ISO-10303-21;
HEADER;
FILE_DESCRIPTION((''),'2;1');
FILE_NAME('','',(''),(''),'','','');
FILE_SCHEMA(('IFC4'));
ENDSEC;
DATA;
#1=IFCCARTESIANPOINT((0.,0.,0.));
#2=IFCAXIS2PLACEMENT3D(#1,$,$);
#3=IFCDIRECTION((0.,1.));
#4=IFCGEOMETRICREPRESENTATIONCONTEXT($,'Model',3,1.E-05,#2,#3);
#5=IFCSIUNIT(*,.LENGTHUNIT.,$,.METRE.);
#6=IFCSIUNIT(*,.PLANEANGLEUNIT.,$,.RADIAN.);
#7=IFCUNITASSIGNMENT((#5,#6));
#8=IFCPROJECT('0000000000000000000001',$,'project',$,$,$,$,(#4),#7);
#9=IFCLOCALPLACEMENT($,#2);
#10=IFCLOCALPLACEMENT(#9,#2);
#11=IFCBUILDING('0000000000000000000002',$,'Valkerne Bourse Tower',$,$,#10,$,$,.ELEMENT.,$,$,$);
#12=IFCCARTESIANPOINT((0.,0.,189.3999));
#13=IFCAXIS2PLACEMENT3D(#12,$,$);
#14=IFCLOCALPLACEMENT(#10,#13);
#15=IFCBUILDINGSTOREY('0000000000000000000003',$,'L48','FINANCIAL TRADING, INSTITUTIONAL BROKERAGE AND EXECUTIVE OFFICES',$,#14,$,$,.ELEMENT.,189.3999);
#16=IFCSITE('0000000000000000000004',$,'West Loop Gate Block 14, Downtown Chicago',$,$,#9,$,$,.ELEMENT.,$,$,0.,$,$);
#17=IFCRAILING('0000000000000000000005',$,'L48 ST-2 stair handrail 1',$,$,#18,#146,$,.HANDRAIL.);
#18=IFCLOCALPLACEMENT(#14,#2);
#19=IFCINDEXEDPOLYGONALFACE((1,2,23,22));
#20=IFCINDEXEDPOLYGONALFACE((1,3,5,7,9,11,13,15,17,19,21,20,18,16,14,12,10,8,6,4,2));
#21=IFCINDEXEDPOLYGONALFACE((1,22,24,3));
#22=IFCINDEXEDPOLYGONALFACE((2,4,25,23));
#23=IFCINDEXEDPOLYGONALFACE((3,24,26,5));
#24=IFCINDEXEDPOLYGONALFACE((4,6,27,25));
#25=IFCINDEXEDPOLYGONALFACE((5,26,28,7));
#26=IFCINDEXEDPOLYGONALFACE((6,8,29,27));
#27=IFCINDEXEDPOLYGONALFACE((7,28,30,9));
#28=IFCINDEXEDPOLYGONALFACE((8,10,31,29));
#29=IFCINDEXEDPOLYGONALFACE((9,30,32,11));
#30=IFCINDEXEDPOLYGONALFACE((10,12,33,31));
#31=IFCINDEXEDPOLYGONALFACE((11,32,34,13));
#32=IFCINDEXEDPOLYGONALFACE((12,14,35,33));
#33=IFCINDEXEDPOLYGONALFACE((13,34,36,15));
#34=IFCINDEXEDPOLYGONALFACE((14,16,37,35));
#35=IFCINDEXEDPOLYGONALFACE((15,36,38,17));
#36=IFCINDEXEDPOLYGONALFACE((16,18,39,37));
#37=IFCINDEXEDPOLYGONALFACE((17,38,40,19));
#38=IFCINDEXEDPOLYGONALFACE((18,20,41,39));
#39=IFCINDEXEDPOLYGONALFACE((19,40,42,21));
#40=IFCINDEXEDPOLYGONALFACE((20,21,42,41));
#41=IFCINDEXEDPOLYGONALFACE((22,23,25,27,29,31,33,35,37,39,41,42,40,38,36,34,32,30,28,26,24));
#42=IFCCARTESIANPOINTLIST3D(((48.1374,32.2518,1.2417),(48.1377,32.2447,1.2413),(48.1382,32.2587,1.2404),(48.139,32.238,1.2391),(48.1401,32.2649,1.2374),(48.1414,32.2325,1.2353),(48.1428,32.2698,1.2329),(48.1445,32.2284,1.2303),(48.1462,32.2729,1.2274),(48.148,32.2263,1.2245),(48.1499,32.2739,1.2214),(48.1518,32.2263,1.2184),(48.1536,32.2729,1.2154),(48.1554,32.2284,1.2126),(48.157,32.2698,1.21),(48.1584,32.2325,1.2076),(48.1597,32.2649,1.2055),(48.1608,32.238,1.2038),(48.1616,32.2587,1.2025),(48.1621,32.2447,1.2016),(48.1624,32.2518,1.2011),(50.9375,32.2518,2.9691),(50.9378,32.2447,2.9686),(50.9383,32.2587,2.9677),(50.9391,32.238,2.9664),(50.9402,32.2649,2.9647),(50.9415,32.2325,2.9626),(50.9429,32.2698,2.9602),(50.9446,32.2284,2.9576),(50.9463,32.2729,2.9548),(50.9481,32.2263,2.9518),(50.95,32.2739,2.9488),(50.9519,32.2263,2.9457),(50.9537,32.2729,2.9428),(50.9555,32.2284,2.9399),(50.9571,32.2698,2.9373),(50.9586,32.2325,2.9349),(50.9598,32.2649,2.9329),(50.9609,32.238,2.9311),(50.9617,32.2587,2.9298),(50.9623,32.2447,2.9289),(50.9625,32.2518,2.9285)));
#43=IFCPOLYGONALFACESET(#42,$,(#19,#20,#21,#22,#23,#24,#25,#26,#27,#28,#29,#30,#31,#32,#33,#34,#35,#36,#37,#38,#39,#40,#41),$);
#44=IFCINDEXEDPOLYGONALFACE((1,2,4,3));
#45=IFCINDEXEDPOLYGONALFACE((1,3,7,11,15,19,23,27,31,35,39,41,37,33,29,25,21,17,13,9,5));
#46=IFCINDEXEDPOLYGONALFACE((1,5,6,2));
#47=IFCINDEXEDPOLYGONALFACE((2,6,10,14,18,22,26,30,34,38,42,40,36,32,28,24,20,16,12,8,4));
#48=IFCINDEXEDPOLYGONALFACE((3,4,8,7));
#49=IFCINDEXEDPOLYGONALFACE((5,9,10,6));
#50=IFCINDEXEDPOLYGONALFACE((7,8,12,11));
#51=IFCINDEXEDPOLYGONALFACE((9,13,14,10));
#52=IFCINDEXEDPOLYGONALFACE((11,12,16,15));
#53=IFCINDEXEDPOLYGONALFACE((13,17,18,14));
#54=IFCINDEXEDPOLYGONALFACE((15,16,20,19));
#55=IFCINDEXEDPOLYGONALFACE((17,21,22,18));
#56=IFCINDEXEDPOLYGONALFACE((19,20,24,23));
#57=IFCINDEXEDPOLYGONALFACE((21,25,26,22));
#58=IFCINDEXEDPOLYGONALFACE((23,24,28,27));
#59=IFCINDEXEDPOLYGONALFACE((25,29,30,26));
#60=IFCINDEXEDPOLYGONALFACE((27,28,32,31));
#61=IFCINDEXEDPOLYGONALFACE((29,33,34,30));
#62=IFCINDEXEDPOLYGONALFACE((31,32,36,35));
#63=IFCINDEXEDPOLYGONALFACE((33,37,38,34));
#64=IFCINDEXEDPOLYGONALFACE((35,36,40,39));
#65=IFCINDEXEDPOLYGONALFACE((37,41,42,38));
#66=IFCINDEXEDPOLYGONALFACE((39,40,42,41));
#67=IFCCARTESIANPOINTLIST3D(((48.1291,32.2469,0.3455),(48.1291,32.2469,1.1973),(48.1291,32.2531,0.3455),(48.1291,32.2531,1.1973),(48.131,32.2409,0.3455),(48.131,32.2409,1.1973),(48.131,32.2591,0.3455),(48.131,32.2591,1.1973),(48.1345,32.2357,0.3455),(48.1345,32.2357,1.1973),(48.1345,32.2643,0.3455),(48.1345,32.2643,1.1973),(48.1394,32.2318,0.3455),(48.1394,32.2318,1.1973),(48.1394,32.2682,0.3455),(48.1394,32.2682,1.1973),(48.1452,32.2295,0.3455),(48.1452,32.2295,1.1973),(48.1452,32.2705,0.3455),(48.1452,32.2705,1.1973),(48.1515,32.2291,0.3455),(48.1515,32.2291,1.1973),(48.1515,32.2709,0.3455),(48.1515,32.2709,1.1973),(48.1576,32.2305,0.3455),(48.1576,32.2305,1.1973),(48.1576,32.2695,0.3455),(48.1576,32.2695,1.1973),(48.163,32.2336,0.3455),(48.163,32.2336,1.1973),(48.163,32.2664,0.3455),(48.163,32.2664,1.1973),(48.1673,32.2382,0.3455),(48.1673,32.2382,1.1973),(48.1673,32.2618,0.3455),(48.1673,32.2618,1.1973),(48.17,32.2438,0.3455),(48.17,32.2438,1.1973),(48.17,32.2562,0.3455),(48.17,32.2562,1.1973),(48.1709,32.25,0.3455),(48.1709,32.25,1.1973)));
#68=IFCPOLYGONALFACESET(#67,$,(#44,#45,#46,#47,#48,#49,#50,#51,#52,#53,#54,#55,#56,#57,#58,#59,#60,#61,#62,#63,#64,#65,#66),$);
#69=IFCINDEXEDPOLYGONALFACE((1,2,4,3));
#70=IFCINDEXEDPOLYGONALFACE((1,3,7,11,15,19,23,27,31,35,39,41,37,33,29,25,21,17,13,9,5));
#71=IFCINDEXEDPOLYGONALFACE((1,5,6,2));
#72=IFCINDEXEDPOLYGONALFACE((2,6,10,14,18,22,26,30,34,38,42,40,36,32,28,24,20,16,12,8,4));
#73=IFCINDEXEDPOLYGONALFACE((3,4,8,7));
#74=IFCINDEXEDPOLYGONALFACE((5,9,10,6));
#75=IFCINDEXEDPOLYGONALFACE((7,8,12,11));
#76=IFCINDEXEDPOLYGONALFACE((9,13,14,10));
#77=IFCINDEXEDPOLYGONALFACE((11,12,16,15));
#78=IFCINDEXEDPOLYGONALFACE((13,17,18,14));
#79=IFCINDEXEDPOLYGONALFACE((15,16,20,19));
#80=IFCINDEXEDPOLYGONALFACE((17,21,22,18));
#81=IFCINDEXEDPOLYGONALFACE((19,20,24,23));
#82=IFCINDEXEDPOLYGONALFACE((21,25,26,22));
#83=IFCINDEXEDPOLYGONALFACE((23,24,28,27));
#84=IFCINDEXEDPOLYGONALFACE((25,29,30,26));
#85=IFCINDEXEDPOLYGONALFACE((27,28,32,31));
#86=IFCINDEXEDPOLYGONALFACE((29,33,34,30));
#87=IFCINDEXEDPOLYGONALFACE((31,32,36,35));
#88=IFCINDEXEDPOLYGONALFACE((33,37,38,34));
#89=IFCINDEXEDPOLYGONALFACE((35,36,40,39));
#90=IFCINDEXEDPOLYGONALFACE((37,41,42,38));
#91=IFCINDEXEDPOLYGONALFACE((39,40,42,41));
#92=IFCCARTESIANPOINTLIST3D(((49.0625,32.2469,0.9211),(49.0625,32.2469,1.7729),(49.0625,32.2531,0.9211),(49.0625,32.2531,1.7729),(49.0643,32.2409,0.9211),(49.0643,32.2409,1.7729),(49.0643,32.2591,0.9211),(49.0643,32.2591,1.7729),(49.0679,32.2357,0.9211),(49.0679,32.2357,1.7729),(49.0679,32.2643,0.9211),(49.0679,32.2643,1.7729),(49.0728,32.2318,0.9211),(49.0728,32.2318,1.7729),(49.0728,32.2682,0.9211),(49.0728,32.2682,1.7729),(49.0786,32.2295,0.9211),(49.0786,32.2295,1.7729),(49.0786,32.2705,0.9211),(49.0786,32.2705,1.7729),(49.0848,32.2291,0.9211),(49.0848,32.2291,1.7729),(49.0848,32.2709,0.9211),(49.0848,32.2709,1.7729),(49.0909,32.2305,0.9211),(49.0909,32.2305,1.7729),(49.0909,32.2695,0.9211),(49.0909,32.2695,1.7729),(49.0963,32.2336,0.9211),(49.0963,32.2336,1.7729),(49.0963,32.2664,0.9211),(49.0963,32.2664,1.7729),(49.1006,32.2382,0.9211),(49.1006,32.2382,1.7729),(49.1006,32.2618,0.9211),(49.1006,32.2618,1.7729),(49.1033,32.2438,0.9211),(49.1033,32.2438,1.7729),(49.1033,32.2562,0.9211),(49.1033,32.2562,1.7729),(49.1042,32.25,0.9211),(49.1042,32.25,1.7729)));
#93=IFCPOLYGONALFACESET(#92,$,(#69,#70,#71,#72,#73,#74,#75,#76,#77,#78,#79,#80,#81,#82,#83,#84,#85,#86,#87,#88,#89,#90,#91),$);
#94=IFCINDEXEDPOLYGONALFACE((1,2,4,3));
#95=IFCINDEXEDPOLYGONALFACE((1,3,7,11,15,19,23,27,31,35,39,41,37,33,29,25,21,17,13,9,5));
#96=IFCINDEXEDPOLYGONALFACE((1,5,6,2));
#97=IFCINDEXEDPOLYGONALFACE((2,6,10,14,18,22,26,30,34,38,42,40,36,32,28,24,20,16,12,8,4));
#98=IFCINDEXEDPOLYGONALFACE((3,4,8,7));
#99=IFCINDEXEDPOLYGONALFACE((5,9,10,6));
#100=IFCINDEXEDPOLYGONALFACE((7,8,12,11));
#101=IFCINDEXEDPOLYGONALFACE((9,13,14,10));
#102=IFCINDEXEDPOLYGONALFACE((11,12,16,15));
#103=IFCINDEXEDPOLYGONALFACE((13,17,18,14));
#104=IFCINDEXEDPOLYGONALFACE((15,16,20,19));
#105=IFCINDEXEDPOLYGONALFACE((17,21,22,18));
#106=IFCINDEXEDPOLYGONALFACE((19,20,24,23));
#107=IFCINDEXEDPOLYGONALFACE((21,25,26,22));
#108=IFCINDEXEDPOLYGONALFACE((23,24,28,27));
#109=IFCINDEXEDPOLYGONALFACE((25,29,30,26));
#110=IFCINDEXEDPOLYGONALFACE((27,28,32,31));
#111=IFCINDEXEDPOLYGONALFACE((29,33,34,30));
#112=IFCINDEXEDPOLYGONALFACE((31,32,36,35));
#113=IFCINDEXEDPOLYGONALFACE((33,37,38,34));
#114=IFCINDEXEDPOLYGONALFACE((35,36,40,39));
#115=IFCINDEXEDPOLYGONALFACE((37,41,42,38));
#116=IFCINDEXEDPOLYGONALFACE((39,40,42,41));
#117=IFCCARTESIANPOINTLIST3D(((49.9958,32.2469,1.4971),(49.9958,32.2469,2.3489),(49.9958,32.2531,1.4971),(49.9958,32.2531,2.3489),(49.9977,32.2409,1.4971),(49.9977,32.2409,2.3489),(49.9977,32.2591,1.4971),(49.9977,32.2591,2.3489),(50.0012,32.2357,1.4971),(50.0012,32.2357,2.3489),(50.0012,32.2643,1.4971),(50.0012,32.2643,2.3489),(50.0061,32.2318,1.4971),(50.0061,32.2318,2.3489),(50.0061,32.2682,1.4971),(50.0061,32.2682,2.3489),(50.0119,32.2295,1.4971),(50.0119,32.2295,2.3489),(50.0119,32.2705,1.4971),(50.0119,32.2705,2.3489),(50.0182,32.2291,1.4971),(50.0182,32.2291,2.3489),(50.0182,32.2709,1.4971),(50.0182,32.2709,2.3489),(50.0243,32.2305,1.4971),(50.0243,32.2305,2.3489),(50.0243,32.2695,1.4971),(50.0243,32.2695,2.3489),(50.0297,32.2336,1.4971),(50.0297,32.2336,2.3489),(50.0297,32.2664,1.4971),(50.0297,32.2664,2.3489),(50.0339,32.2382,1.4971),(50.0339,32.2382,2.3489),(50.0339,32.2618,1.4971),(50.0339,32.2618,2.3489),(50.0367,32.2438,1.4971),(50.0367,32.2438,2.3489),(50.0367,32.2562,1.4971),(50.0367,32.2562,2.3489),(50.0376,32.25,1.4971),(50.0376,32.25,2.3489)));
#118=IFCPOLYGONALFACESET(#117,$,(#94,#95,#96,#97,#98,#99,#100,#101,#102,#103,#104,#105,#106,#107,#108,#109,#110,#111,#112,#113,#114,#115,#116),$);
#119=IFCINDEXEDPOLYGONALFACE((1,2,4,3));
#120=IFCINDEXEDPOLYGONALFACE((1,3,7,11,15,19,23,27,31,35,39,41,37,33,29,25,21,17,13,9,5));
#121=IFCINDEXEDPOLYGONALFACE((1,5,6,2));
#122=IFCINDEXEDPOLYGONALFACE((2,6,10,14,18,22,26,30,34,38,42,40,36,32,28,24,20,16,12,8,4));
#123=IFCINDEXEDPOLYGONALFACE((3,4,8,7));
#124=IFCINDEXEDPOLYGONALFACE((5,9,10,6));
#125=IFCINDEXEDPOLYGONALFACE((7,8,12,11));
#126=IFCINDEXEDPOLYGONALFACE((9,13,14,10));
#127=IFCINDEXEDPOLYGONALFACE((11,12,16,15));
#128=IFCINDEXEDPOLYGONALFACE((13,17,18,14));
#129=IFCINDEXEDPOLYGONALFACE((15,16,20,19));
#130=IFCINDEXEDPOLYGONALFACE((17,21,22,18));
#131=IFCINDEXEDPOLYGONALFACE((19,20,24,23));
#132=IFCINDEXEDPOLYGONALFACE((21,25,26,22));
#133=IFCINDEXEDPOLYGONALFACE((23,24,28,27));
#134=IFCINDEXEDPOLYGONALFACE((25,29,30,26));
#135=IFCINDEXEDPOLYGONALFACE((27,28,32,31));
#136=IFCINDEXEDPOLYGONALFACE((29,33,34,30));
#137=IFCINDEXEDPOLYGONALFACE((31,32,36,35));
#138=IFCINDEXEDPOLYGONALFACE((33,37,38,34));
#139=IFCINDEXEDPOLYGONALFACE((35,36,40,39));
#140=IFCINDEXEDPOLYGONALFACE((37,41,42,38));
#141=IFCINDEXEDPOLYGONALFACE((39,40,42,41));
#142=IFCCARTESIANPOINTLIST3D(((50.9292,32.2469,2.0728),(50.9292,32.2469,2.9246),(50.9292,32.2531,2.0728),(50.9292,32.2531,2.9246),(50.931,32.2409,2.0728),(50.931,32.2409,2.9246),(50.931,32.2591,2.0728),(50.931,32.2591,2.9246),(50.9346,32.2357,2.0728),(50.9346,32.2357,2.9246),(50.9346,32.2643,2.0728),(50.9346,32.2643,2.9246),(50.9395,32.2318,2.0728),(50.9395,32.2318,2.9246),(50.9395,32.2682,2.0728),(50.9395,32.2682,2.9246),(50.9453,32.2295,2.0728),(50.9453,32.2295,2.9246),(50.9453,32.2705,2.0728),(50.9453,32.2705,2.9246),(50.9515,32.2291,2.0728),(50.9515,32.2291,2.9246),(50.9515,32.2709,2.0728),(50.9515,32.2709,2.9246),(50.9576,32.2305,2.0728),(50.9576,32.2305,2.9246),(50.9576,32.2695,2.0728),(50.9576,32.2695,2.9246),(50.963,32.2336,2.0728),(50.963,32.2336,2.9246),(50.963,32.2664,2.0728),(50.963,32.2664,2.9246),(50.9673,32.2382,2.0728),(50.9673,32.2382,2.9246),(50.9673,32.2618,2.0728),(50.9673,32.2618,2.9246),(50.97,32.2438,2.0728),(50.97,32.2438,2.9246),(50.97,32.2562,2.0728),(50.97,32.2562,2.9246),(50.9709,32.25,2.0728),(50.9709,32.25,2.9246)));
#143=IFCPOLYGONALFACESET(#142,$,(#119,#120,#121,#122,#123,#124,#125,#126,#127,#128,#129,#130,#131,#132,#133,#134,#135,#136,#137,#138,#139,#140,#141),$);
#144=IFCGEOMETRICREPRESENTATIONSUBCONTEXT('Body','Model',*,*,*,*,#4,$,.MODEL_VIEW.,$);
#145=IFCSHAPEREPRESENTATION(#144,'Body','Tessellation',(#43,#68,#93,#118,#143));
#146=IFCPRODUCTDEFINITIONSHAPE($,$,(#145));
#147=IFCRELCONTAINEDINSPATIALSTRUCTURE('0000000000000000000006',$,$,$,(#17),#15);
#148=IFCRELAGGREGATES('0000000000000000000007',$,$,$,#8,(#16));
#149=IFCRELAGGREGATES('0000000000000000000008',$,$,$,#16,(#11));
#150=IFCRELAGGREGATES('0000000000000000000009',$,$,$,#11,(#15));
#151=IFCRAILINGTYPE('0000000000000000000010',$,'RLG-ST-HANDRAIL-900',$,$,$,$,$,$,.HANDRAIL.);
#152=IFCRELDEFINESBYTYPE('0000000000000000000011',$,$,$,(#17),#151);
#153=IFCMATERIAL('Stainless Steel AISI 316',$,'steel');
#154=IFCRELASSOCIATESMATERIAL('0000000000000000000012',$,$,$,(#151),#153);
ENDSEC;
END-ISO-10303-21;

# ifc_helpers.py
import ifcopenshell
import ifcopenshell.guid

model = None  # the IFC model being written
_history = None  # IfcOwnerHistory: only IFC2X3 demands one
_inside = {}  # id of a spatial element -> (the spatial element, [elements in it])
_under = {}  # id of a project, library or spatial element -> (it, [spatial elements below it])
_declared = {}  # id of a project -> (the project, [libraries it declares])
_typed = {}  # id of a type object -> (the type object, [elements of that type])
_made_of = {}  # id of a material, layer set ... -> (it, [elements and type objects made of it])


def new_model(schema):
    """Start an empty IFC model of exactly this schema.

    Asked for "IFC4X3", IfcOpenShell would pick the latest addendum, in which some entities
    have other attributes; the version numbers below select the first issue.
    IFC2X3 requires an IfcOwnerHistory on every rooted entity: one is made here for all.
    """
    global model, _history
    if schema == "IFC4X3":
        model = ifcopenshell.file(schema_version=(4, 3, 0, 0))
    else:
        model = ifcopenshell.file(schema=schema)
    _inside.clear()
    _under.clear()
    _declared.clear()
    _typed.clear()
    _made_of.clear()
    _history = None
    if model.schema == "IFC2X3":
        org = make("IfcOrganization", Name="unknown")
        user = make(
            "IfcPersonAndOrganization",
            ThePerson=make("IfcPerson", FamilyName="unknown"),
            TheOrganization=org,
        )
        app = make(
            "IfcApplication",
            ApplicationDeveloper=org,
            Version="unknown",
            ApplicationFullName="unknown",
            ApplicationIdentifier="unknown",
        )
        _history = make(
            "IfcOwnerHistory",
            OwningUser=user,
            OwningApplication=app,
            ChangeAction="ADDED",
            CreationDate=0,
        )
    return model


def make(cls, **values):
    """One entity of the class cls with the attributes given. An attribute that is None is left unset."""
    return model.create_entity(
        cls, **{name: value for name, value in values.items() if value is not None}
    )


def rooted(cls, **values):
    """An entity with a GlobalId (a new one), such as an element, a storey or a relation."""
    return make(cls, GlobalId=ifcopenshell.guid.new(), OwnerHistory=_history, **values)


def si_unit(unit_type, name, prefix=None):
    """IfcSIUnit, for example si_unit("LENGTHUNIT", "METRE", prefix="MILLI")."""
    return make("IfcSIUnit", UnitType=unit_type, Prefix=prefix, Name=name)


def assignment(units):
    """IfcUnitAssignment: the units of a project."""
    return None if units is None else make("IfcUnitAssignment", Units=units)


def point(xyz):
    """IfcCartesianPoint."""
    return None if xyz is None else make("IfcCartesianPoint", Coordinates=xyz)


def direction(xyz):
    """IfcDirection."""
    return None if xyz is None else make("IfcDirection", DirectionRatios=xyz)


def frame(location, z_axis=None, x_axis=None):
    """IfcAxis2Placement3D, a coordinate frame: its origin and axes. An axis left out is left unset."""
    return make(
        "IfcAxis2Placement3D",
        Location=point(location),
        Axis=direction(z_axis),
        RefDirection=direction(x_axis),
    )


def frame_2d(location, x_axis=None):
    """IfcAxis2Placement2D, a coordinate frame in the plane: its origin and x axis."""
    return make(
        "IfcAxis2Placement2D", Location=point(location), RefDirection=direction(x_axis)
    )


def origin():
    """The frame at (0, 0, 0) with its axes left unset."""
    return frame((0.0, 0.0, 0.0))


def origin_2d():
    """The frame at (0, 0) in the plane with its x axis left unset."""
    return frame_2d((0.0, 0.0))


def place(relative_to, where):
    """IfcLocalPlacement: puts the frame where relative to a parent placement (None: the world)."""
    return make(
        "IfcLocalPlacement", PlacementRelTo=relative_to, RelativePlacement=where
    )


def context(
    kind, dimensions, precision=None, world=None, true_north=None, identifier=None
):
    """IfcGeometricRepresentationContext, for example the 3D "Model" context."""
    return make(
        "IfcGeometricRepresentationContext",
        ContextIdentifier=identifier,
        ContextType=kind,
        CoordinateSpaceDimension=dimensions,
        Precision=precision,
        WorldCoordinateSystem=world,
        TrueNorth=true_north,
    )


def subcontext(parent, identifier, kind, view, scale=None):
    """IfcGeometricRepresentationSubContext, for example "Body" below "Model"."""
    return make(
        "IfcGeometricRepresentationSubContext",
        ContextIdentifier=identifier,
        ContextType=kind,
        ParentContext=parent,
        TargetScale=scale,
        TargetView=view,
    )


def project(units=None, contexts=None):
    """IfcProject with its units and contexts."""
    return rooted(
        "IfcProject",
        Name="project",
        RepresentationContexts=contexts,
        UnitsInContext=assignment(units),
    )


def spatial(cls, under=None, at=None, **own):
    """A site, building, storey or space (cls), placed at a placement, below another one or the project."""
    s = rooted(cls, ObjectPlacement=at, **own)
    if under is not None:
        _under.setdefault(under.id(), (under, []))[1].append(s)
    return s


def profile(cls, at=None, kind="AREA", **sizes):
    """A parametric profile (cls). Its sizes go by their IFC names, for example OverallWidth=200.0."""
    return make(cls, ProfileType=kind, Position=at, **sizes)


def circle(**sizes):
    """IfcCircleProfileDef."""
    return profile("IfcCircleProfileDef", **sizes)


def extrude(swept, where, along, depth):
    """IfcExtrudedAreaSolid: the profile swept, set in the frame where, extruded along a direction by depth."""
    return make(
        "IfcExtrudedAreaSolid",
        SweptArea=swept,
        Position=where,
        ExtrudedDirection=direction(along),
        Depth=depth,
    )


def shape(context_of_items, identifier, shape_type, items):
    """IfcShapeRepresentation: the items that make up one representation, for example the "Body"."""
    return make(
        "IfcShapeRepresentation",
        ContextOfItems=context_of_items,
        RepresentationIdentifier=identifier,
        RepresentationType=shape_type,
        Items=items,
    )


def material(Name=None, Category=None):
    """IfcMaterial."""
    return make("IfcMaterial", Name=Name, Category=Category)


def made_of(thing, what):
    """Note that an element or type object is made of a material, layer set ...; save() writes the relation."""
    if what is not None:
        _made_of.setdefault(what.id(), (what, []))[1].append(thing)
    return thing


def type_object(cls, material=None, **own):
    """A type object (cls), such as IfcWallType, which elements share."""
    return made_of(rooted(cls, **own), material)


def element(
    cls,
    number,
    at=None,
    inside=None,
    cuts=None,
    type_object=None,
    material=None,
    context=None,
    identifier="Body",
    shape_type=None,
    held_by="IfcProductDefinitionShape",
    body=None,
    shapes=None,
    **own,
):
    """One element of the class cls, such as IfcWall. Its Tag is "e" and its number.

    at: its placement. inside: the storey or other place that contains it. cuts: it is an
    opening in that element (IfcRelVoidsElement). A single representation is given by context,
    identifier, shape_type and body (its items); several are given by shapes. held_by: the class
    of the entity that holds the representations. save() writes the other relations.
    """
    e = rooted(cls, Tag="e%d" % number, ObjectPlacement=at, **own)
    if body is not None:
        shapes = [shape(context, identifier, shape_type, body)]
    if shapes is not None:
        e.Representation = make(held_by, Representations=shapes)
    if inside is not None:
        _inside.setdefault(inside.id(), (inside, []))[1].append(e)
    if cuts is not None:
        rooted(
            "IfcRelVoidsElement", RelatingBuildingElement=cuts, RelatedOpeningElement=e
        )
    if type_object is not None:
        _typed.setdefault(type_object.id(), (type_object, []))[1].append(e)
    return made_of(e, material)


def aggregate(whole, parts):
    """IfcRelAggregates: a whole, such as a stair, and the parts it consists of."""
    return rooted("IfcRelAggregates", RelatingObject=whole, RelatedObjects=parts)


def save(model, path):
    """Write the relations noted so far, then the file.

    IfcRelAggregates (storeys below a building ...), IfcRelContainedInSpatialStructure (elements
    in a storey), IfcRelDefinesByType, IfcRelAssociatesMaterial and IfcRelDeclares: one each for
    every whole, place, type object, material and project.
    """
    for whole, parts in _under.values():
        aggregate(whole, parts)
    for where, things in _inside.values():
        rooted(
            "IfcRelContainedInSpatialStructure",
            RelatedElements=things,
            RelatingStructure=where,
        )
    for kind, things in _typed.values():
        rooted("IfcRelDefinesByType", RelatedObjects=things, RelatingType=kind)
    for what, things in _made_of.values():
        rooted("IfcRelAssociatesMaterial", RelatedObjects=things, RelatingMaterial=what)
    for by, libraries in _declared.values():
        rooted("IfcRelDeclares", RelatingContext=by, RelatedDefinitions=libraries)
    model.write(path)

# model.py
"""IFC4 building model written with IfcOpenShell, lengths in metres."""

from ifc_helpers import new_model, si_unit, direction, frame, origin, origin_2d, place, context, subcontext, project, spatial, circle, extrude, material, type_object, element, save


model = new_model("IFC4")

# Units and contexts
model_context = context("Model", 3, precision=1e-05, world=origin(), true_north=direction((0.0, 1.0)))
body_context = subcontext(model_context, "Body", "Model", "MODEL_VIEW")
ifc_project = project(units=[si_unit("LENGTHUNIT", "METRE"), si_unit("PLANEANGLEUNIT", "RADIAN")], contexts=[model_context])

# Site, building, storey
site_placement = place(None, origin())
site = spatial("IfcSite", under=ifc_project, at=site_placement, Name="West Loop Gate Block 14, Downtown Chicago", CompositionType="ELEMENT", RefElevation=0.0)
building_placement = place(site_placement, origin())
building = spatial("IfcBuilding", under=site, at=building_placement, Name="Valkerne Bourse Tower", CompositionType="ELEMENT")
storey_placement = place(building_placement, frame((0.0, 0.0, 189.3999)))
storey = spatial("IfcBuildingStorey", under=building, at=storey_placement, Name="L48", Description="FINANCIAL TRADING, INSTITUTIONAL BROKERAGE AND EXECUTIVE OFFICES", CompositionType="ELEMENT", Elevation=189.3999)

# Shared definitions
ifc_material_1 = material(Name="Stainless Steel AISI 316", Category="steel")

# Railing
railing_type_1 = type_object("IfcRailingType", Name="RLG-ST-HANDRAIL-900", PredefinedType="HANDRAIL", material=ifc_material_1)
railing_1_placement = place(storey_placement, frame((48.1499, 32.25, 0.3455)))
element("IfcRailing", 1, at=railing_1_placement, inside=storey, type_object=railing_type_1, Name="L48 ST-2 stair handrail 1", PredefinedType="HANDRAIL", context=body_context, shape_type="SweptSolid", body=[
    extrude(circle(Radius=0.0239, at=origin_2d()), frame((0.0, 0.0, 0.876), z_axis=(0.85109, 0.0, 0.52502), x_axis=(0.0, 1.0, 0.0)), (0.0, 0.0, 1.0), 3.29),
    extrude(circle(Radius=0.021, at=origin_2d()), origin(), (0.0, 0.0, 1.0), 0.8518),
    extrude(circle(Radius=0.021, at=origin_2d()), frame((0.9333, 0.0, 0.5757)), (0.0, 0.0, 1.0), 0.8518),
    extrude(circle(Radius=0.021, at=origin_2d()), frame((1.8667, 0.0, 1.1516)), (0.0, 0.0, 1.0), 0.8518),
    extrude(circle(Radius=0.021, at=origin_2d()), frame((2.8, 0.0, 1.7273)), (0.0, 0.0, 1.0), 0.8518),
])

save(model, "model.ifc")
